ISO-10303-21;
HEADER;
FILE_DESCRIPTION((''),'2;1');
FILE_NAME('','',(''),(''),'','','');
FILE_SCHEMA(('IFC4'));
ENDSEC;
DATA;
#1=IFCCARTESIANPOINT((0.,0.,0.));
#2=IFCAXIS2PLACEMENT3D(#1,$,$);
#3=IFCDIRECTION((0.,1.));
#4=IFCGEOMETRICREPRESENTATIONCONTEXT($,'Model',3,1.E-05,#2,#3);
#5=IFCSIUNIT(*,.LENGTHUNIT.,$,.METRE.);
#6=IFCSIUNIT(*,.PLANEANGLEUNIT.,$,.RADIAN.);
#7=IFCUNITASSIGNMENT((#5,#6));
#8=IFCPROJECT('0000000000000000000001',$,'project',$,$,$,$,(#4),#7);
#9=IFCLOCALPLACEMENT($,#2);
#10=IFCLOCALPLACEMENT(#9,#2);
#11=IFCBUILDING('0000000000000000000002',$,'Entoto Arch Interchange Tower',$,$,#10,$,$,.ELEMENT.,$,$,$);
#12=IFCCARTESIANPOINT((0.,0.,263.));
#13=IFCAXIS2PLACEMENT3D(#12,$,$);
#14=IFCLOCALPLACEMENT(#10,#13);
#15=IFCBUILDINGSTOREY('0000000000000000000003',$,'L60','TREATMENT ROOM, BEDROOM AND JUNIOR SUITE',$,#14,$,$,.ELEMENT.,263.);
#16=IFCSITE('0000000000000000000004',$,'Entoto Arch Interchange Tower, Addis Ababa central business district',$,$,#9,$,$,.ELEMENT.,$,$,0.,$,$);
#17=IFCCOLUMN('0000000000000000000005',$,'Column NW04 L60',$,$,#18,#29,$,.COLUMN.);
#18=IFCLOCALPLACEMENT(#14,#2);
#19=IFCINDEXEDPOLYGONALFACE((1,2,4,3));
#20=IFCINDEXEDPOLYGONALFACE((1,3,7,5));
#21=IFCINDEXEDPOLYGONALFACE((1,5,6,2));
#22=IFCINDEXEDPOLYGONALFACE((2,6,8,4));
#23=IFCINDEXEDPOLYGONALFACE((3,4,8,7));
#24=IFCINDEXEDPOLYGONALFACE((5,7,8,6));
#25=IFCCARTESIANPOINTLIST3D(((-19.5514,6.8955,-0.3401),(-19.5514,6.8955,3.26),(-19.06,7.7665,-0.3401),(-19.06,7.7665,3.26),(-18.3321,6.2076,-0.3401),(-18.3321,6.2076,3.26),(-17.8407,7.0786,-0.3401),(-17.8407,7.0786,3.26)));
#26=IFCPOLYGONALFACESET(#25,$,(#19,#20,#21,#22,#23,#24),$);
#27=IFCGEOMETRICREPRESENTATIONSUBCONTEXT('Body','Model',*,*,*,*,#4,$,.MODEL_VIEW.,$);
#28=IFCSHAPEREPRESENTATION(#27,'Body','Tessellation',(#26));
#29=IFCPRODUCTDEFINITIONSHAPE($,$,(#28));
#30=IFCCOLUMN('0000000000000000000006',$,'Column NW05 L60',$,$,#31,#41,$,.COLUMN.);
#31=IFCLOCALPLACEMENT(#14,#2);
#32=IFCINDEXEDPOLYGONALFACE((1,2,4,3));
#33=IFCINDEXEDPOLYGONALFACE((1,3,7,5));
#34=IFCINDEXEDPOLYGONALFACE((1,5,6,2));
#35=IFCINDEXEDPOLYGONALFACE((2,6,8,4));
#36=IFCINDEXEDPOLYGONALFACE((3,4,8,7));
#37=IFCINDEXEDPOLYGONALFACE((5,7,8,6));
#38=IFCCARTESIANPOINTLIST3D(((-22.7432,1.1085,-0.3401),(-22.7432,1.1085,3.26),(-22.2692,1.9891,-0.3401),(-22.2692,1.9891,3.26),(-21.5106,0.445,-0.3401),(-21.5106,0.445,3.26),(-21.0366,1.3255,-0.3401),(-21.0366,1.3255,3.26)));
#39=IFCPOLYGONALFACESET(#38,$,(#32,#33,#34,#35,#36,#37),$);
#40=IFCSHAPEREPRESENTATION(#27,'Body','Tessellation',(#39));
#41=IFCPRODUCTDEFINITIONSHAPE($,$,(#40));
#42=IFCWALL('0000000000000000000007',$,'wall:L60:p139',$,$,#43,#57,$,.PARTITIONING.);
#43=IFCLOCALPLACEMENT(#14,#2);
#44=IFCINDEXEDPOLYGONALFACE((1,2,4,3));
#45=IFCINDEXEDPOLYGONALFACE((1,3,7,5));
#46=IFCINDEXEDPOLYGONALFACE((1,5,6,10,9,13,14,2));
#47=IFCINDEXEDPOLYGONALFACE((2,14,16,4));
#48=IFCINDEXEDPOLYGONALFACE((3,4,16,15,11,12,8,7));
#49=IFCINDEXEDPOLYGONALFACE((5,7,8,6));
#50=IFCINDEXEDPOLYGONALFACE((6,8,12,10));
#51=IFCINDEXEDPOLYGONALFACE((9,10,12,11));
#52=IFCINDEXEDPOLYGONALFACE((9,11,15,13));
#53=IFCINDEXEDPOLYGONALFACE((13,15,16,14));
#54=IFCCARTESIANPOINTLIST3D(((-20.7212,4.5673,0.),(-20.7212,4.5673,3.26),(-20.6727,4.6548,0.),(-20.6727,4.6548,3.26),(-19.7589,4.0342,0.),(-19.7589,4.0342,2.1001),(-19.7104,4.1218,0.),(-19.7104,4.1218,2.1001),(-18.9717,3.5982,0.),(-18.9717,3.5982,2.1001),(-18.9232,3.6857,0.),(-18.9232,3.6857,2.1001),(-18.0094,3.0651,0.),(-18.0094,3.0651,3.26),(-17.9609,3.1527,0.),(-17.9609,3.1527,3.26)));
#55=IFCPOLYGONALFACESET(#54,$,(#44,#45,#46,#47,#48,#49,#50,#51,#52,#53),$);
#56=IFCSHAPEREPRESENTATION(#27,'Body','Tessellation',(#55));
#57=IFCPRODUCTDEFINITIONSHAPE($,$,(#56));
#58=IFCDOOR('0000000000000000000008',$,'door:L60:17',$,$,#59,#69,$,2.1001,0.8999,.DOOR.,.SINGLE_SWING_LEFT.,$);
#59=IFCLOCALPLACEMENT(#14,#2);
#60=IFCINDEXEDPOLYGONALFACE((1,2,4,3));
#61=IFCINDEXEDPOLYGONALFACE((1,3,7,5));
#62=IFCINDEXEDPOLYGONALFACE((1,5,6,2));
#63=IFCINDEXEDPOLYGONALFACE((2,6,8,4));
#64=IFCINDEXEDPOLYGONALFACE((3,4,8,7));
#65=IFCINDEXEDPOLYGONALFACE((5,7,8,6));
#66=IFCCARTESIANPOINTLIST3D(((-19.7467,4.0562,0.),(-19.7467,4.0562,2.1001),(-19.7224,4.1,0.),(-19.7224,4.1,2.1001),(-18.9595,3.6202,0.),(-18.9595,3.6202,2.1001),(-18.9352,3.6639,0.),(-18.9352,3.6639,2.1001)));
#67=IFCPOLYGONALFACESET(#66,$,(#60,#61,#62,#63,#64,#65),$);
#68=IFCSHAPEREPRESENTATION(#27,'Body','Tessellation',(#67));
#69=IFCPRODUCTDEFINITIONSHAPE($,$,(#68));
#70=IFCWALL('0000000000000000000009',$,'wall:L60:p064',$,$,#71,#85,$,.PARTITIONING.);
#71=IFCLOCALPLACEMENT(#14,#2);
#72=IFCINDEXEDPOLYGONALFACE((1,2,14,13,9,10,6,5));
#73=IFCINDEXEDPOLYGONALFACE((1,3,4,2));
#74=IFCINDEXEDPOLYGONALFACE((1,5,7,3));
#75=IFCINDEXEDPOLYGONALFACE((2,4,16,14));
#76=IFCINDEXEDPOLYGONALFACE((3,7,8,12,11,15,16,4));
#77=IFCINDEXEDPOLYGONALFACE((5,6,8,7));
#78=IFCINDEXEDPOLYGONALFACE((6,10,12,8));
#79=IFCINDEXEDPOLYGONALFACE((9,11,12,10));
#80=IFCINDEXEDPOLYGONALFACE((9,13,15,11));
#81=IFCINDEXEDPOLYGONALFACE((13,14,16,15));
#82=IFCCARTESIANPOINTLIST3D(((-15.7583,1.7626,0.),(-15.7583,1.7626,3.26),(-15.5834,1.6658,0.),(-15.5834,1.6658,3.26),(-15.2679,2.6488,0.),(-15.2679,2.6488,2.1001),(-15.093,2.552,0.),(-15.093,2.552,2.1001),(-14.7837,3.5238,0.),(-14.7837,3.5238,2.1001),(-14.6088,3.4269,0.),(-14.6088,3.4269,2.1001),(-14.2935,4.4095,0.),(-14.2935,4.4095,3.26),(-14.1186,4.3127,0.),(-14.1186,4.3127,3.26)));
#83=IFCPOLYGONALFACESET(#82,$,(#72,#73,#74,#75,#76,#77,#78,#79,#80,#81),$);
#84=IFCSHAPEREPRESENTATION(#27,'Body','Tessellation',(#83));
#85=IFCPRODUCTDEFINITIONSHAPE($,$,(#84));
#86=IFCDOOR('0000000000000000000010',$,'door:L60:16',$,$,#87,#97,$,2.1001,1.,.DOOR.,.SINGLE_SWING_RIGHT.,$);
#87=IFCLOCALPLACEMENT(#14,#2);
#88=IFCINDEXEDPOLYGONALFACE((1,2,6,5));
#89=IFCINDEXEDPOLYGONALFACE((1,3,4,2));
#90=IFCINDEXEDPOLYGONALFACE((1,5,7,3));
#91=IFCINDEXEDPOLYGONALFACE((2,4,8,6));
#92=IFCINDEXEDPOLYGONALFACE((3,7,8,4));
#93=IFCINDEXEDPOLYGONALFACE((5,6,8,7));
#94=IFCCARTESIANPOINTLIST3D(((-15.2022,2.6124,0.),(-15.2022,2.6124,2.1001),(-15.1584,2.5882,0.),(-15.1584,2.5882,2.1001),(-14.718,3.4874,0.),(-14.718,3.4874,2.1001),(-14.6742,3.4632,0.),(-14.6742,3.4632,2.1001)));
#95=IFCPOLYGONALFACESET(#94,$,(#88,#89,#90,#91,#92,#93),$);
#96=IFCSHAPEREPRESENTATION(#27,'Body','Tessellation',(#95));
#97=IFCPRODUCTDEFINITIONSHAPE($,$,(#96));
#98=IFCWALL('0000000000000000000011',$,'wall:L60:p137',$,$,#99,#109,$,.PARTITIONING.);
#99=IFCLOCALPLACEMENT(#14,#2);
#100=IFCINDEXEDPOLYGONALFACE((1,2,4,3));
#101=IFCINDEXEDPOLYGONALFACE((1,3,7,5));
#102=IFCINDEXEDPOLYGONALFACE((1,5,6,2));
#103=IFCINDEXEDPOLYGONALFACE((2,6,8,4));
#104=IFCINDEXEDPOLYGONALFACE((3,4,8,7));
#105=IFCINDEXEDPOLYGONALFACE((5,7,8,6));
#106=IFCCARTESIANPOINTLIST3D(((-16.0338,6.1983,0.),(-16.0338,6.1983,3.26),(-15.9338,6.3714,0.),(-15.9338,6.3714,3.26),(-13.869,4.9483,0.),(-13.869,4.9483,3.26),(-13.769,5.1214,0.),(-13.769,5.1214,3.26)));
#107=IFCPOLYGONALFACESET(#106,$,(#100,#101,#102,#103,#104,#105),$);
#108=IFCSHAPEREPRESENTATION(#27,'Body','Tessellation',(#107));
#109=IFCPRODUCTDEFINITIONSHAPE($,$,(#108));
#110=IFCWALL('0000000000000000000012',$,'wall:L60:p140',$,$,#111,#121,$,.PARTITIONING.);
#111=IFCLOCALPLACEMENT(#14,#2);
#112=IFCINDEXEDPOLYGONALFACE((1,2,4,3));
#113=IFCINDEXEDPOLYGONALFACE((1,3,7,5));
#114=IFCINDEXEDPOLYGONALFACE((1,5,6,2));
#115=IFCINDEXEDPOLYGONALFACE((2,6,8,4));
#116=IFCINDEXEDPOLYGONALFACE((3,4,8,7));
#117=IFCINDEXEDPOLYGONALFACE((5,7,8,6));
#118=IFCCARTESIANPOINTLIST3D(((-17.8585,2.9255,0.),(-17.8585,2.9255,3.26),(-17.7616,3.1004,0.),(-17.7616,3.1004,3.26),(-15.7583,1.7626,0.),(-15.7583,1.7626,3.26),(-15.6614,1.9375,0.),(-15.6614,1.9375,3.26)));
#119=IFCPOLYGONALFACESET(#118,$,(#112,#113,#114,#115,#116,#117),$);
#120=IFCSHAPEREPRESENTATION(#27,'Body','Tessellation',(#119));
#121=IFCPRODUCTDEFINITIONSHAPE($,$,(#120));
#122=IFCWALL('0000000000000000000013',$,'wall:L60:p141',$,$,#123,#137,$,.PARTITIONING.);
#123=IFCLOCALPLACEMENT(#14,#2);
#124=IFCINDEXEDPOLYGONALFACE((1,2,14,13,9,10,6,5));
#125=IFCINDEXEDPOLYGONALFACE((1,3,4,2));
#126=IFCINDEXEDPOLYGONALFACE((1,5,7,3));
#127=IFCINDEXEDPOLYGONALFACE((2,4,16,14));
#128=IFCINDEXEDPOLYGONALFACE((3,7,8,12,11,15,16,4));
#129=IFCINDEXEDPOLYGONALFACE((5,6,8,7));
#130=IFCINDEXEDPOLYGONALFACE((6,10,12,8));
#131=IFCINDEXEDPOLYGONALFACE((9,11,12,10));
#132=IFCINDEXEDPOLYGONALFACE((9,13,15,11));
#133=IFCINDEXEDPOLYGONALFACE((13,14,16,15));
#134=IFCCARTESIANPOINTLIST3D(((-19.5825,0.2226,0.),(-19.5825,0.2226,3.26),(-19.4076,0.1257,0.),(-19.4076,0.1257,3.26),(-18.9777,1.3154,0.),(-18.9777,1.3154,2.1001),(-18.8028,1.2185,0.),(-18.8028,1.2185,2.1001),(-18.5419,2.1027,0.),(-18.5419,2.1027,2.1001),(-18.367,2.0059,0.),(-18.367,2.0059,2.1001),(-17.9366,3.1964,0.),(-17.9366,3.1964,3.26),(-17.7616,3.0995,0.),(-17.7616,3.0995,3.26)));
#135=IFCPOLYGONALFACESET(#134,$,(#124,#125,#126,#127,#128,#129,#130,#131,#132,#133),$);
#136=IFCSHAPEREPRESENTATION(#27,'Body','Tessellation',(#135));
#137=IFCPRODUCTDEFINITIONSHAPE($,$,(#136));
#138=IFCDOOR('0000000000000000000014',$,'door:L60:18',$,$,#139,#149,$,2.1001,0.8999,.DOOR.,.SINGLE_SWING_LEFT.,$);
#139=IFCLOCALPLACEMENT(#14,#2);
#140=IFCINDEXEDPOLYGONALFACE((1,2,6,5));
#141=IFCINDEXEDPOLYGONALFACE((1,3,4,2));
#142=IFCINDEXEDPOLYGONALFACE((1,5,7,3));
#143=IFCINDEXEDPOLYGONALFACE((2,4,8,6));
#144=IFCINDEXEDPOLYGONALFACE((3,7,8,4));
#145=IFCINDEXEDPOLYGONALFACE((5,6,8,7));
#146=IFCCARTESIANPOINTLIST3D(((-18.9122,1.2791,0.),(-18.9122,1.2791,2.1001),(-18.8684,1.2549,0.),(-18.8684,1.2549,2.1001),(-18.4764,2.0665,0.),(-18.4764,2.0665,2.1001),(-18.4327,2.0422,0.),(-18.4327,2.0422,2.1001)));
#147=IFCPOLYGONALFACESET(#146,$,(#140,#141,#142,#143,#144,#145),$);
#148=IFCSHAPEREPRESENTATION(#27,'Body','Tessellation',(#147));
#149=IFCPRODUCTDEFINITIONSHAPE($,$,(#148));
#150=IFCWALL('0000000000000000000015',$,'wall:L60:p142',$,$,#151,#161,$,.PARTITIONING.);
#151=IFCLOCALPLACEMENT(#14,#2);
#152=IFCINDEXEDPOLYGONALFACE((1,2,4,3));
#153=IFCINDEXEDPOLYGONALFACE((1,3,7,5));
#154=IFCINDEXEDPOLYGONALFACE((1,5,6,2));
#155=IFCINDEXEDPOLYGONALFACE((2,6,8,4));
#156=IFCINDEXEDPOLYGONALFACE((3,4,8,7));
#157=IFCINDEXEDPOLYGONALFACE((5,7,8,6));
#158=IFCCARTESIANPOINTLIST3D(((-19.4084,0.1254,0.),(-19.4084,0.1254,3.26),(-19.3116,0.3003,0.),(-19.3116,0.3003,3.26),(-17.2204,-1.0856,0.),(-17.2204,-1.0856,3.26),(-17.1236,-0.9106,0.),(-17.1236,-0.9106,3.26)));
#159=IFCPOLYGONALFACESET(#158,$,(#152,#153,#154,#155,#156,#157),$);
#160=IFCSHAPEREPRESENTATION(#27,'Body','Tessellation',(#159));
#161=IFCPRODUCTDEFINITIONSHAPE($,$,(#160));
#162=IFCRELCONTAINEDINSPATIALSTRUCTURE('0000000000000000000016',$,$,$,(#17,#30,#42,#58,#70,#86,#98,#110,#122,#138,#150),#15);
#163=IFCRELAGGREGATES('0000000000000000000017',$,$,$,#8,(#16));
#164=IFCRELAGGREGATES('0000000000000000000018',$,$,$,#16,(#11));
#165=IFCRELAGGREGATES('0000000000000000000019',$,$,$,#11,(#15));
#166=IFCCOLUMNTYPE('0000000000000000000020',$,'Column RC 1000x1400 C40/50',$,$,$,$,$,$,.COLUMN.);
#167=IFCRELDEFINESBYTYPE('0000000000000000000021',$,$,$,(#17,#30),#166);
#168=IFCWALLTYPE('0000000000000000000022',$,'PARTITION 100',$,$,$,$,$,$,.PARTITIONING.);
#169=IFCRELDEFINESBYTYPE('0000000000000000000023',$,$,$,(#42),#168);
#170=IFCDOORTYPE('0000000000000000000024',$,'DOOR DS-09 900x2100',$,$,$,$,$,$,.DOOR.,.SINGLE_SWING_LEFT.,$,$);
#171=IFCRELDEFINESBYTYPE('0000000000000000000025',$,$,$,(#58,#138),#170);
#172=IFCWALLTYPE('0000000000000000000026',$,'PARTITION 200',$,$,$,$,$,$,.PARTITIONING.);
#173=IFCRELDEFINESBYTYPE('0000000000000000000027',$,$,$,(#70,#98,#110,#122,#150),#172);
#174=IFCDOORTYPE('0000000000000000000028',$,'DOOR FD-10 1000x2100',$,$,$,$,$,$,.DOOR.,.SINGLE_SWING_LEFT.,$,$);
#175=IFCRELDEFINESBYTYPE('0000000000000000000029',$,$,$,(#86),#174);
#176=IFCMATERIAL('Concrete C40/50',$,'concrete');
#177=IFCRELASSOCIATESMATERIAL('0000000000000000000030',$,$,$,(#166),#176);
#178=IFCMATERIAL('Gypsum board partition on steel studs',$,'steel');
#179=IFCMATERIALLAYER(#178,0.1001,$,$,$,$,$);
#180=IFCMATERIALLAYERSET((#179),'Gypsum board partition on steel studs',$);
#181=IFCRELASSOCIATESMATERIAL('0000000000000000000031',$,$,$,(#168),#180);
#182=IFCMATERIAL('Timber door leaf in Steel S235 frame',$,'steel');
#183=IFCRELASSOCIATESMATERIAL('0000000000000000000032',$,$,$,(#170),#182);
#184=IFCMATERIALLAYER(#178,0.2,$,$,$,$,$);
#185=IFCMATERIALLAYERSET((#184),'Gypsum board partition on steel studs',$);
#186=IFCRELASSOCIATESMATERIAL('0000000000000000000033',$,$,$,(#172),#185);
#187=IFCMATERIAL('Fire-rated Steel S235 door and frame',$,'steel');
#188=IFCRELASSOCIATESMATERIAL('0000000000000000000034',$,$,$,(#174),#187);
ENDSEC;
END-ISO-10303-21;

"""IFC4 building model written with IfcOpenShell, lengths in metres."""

from ifc_helpers import new_model, si_unit, direction, frame, frame_2d, origin, origin_2d, place, context, subcontext, project, spatial, rectangle, extrude, material, layer, layer_set, material_profile, profile_set, type_object, element, fill, save


model = new_model("IFC4")

# Units and contexts
model_context = context("Model", 3, precision=1e-05, world=origin(), true_north=direction((0.0, 1.0)))
body_context = subcontext(model_context, "Body", "Model", "MODEL_VIEW")
ifc_project = project(units=[si_unit("LENGTHUNIT", "METRE"), si_unit("PLANEANGLEUNIT", "RADIAN")], contexts=[model_context])

# Site, building, storey
site_placement = place(None, origin())
site = spatial("IfcSite", under=ifc_project, at=site_placement, Name="Entoto Arch Interchange Tower, Addis Ababa central business district", CompositionType="ELEMENT", RefElevation=0.0)
building_placement = place(site_placement, origin())
building = spatial("IfcBuilding", under=site, at=building_placement, Name="Entoto Arch Interchange Tower", CompositionType="ELEMENT")
storey_placement = place(building_placement, frame((0.0, 0.0, 263.0)))
storey = spatial("IfcBuildingStorey", under=building, at=storey_placement, Name="L60", Description="TREATMENT ROOM, BEDROOM AND JUNIOR SUITE", CompositionType="ELEMENT", Elevation=263.0)

# Columns
ifc_material_1 = material(Name="Concrete C40/50", Category="concrete")
ifc_material_profile = material_profile(ifc_material_1, rectangle(XDim=1.0, YDim=1.3999, at=origin_2d()))
ifc_profile_set = profile_set([ifc_material_profile], Name="Concrete C40/50")
column_type = type_object("IfcColumnType", Name="Column RC 1000x1400 C40/50", PredefinedType="COLUMN", material=ifc_profile_set)
for number, where, z_axis, x_axis, name in (
    (1, (-18.696, 6.9871, -0.3401), (0.0, 0.0, 1.0), (0.491375, 0.870948, 0.0), "Column NW04 L60"),
    (2, (-21.8899, 1.217, -0.3401), (0.0, 0.0, 1.0), (0.473981, 0.880535, 0.0), "Column NW05 L60"),
):
    element("IfcColumn", number, at=place(storey_placement, frame(where, z_axis=z_axis, x_axis=x_axis)), inside=storey, type_object=column_type, Name=name, PredefinedType="COLUMN", context=body_context, shape_type="SweptSolid", body=[
        extrude(rectangle(XDim=1.0, YDim=1.3999, at=origin_2d()), origin(), (0.0, 0.0, 1.0), 3.6001),
    ])

# Walls, openings, doors
ifc_material_2 = material(Name="Gypsum board partition on steel studs", Category="steel")
ifc_layer_1 = layer(ifc_material_2, 0.1001)
ifc_layer_set_1 = layer_set([ifc_layer_1], Name="Gypsum board partition on steel studs")
wall_type_1 = type_object("IfcWallType", Name="PARTITION 100", PredefinedType="PARTITIONING", material=ifc_layer_set_1)
wall_1_placement = place(storey_placement, frame((-17.9851, 3.1089, 0.0), z_axis=(0.0, 0.0, 1.0), x_axis=(-0.874762, 0.484553, 0.0)))
wall_1 = element("IfcWall", 3, at=wall_1_placement, inside=storey, type_object=wall_type_1, Name="wall:L60:p139", PredefinedType="PARTITIONING", context=body_context, shape_type="SweptSolid", body=[
    extrude(rectangle(XDim=3.1001, YDim=0.1001, at=frame_2d((1.55, 0.0))), origin(), (0.0, 0.0, 1.0), 3.26),
])
opening_1_placement = place(wall_1_placement, frame((1.1001, 0.0, 0.0)))
opening_1 = element("IfcOpeningElement", 4, at=opening_1_placement, cuts=wall_1, PredefinedType="OPENING", context=body_context, shape_type="SweptSolid", body=[
    extrude(rectangle(XDim=0.8999, YDim=2.1001, at=frame_2d((0.45, 1.05))), frame((0.0, 0.0601, 0.0), z_axis=(0.0, -1.0, 0.0), x_axis=(1.0, 0.0, 0.0)), (0.0, 0.0, 1.0), 0.1201),
])
ifc_material_3 = material(Name="Timber door leaf in Steel S235 frame", Category="steel")
door_type_1 = type_object("IfcDoorType", Name="DOOR DS-09 900x2100", OperationType="SINGLE_SWING_LEFT", PredefinedType="DOOR", material=ifc_material_3)
door_1_placement = place(opening_1_placement, origin())
door_1 = element("IfcDoor", 5, at=door_1_placement, inside=storey, type_object=door_type_1, Name="door:L60:17", OperationType="SINGLE_SWING_LEFT", OverallHeight=2.1001, OverallWidth=0.8999, PredefinedType="DOOR", context=body_context, shape_type="SweptSolid", body=[
    extrude(rectangle(XDim=0.8999, YDim=2.1001, at=frame_2d((0.45, 1.05))), frame((0.0, 0.0249, 0.0), z_axis=(0.0, -1.0, 0.0), x_axis=(1.0, 0.0, 0.0)), (0.0, 0.0, 1.0), 0.05),
])
fill(opening_1, door_1)
ifc_layer_2 = layer(ifc_material_2, 0.2)
ifc_layer_set_2 = layer_set([ifc_layer_2], Name="Gypsum board partition on steel studs")
wall_type_2 = type_object("IfcWallType", Name="PARTITION 200", PredefinedType="PARTITIONING", material=ifc_layer_set_2)
wall_2_placement = place(storey_placement, frame((-15.6709, 1.7141, 0.0), z_axis=(0.0, 0.0, 1.0), x_axis=(0.484203, 0.874955, 0.0)))
wall_2 = element("IfcWall", 6, at=wall_2_placement, inside=storey, type_object=wall_type_2, Name="wall:L60:p064", PredefinedType="PARTITIONING", context=body_context, shape_type="SweptSolid", body=[
    extrude(rectangle(XDim=3.0251, YDim=0.2, at=frame_2d((1.5127, 0.0))), origin(), (0.0, 0.0, 1.0), 3.26),
])
opening_2_placement = place(wall_2_placement, frame((1.0129, 0.0, 0.0)))
opening_2 = element("IfcOpeningElement", 7, at=opening_2_placement, cuts=wall_2, PredefinedType="OPENING", context=body_context, shape_type="SweptSolid", body=[
    extrude(rectangle(XDim=1.0, YDim=2.1001, at=frame_2d((0.5, 1.05))), frame((0.0, 0.1099, 0.0), z_axis=(0.0, -1.0, 0.0), x_axis=(1.0, 0.0, 0.0)), (0.0, 0.0, 1.0), 0.22),
])
ifc_material_4 = material(Name="Fire-rated Steel S235 door and frame", Category="steel")
door_type_2 = type_object("IfcDoorType", Name="DOOR FD-10 1000x2100", OperationType="SINGLE_SWING_LEFT", PredefinedType="DOOR", material=ifc_material_4)
door_2_placement = place(opening_2_placement, origin())
door_2 = element("IfcDoor", 8, at=door_2_placement, inside=storey, type_object=door_type_2, Name="door:L60:16", OperationType="SINGLE_SWING_RIGHT", OverallHeight=2.1001, OverallWidth=1.0, PredefinedType="DOOR", context=body_context, shape_type="SweptSolid", body=[
    extrude(rectangle(XDim=1.0, YDim=2.1001, at=frame_2d((0.5, 1.05))), frame((0.0, 0.0249, 0.0), z_axis=(0.0, -1.0, 0.0), x_axis=(1.0, 0.0, 0.0)), (0.0, 0.0, 1.0), 0.05),
])
fill(opening_2, door_2)

# Walls
wall_3_placement = place(storey_placement, frame((-15.9839, 6.2849, 0.0), z_axis=(0.0, 0.0, 1.0), x_axis=(0.865999, -0.500047, 0.0)))
element("IfcWall", 9, at=wall_3_placement, inside=storey, type_object=wall_type_2, Name="wall:L60:p137", PredefinedType="PARTITIONING", context=body_context, shape_type="SweptSolid", body=[
    extrude(rectangle(XDim=2.4998, YDim=0.2, at=frame_2d((1.25, 0.0))), origin(), (0.0, 0.0, 1.0), 3.26),
])
wall_4_placement = place(storey_placement, frame((-15.71, 1.8501, 0.0), z_axis=(0.0, 0.0, 1.0), x_axis=(-0.874842, 0.484408, 0.0)))
element("IfcWall", 10, at=wall_4_placement, inside=storey, type_object=wall_type_2, Name="wall:L60:p140", PredefinedType="PARTITIONING", context=body_context, shape_type="SweptSolid", body=[
    extrude(rectangle(XDim=2.4006, YDim=0.2, at=frame_2d((1.2002, 0.0))), origin(), (0.0, 0.0, 1.0), 3.26),
])

# Wall, opening, door
wall_5_placement = place(storey_placement, frame((-17.8491, 3.1479, 0.0), z_axis=(0.0, 0.0, 1.0), x_axis=(-0.484258, -0.874925, 0.0)))
wall_5 = element("IfcWall", 11, at=wall_5_placement, inside=storey, type_object=wall_type_2, Name="wall:L60:p141", PredefinedType="PARTITIONING", context=body_context, shape_type="SweptSolid", body=[
    extrude(rectangle(XDim=3.3989, YDim=0.2, at=frame_2d((1.6995, 0.0))), origin(), (0.0, 0.0, 1.0), 3.26),
])
opening_3_placement = place(wall_5_placement, frame((1.25, 0.0, 0.0)))
opening_3 = element("IfcOpeningElement", 12, at=opening_3_placement, cuts=wall_5, PredefinedType="OPENING", context=body_context, shape_type="SweptSolid", body=[
    extrude(rectangle(XDim=0.8999, YDim=2.1001, at=frame_2d((0.45, 1.05))), frame((0.0, 0.1099, 0.0), z_axis=(0.0, -1.0, 0.0), x_axis=(1.0, 0.0, 0.0)), (0.0, 0.0, 1.0), 0.22),
])
door_3_placement = place(opening_3_placement, origin())
door_3 = element("IfcDoor", 13, at=door_3_placement, inside=storey, type_object=door_type_1, Name="door:L60:18", OperationType="SINGLE_SWING_LEFT", OverallHeight=2.1001, OverallWidth=0.8999, PredefinedType="DOOR", context=body_context, shape_type="SweptSolid", body=[
    extrude(rectangle(XDim=0.8999, YDim=2.1001, at=frame_2d((0.45, 1.05))), frame((0.0, 0.0249, 0.0), z_axis=(0.0, -1.0, 0.0), x_axis=(1.0, 0.0, 0.0)), (0.0, 0.0, 1.0), 0.05),
])
fill(opening_3, door_3)

# Wall
wall_6_placement = place(storey_placement, frame((-19.3601, 0.2129, 0.0), z_axis=(0.0, 0.0, 1.0), x_axis=(0.874939, -0.484233, 0.0)))
element("IfcWall", 14, at=wall_6_placement, inside=storey, type_object=wall_type_2, Name="wall:L60:p142", PredefinedType="PARTITIONING", context=body_context, shape_type="SweptSolid", body=[
    extrude(rectangle(XDim=2.5007, YDim=0.2, at=frame_2d((1.2505, 0.0))), origin(), (0.0, 0.0, 1.0), 3.26),
])

save(model, "model.ifc")
